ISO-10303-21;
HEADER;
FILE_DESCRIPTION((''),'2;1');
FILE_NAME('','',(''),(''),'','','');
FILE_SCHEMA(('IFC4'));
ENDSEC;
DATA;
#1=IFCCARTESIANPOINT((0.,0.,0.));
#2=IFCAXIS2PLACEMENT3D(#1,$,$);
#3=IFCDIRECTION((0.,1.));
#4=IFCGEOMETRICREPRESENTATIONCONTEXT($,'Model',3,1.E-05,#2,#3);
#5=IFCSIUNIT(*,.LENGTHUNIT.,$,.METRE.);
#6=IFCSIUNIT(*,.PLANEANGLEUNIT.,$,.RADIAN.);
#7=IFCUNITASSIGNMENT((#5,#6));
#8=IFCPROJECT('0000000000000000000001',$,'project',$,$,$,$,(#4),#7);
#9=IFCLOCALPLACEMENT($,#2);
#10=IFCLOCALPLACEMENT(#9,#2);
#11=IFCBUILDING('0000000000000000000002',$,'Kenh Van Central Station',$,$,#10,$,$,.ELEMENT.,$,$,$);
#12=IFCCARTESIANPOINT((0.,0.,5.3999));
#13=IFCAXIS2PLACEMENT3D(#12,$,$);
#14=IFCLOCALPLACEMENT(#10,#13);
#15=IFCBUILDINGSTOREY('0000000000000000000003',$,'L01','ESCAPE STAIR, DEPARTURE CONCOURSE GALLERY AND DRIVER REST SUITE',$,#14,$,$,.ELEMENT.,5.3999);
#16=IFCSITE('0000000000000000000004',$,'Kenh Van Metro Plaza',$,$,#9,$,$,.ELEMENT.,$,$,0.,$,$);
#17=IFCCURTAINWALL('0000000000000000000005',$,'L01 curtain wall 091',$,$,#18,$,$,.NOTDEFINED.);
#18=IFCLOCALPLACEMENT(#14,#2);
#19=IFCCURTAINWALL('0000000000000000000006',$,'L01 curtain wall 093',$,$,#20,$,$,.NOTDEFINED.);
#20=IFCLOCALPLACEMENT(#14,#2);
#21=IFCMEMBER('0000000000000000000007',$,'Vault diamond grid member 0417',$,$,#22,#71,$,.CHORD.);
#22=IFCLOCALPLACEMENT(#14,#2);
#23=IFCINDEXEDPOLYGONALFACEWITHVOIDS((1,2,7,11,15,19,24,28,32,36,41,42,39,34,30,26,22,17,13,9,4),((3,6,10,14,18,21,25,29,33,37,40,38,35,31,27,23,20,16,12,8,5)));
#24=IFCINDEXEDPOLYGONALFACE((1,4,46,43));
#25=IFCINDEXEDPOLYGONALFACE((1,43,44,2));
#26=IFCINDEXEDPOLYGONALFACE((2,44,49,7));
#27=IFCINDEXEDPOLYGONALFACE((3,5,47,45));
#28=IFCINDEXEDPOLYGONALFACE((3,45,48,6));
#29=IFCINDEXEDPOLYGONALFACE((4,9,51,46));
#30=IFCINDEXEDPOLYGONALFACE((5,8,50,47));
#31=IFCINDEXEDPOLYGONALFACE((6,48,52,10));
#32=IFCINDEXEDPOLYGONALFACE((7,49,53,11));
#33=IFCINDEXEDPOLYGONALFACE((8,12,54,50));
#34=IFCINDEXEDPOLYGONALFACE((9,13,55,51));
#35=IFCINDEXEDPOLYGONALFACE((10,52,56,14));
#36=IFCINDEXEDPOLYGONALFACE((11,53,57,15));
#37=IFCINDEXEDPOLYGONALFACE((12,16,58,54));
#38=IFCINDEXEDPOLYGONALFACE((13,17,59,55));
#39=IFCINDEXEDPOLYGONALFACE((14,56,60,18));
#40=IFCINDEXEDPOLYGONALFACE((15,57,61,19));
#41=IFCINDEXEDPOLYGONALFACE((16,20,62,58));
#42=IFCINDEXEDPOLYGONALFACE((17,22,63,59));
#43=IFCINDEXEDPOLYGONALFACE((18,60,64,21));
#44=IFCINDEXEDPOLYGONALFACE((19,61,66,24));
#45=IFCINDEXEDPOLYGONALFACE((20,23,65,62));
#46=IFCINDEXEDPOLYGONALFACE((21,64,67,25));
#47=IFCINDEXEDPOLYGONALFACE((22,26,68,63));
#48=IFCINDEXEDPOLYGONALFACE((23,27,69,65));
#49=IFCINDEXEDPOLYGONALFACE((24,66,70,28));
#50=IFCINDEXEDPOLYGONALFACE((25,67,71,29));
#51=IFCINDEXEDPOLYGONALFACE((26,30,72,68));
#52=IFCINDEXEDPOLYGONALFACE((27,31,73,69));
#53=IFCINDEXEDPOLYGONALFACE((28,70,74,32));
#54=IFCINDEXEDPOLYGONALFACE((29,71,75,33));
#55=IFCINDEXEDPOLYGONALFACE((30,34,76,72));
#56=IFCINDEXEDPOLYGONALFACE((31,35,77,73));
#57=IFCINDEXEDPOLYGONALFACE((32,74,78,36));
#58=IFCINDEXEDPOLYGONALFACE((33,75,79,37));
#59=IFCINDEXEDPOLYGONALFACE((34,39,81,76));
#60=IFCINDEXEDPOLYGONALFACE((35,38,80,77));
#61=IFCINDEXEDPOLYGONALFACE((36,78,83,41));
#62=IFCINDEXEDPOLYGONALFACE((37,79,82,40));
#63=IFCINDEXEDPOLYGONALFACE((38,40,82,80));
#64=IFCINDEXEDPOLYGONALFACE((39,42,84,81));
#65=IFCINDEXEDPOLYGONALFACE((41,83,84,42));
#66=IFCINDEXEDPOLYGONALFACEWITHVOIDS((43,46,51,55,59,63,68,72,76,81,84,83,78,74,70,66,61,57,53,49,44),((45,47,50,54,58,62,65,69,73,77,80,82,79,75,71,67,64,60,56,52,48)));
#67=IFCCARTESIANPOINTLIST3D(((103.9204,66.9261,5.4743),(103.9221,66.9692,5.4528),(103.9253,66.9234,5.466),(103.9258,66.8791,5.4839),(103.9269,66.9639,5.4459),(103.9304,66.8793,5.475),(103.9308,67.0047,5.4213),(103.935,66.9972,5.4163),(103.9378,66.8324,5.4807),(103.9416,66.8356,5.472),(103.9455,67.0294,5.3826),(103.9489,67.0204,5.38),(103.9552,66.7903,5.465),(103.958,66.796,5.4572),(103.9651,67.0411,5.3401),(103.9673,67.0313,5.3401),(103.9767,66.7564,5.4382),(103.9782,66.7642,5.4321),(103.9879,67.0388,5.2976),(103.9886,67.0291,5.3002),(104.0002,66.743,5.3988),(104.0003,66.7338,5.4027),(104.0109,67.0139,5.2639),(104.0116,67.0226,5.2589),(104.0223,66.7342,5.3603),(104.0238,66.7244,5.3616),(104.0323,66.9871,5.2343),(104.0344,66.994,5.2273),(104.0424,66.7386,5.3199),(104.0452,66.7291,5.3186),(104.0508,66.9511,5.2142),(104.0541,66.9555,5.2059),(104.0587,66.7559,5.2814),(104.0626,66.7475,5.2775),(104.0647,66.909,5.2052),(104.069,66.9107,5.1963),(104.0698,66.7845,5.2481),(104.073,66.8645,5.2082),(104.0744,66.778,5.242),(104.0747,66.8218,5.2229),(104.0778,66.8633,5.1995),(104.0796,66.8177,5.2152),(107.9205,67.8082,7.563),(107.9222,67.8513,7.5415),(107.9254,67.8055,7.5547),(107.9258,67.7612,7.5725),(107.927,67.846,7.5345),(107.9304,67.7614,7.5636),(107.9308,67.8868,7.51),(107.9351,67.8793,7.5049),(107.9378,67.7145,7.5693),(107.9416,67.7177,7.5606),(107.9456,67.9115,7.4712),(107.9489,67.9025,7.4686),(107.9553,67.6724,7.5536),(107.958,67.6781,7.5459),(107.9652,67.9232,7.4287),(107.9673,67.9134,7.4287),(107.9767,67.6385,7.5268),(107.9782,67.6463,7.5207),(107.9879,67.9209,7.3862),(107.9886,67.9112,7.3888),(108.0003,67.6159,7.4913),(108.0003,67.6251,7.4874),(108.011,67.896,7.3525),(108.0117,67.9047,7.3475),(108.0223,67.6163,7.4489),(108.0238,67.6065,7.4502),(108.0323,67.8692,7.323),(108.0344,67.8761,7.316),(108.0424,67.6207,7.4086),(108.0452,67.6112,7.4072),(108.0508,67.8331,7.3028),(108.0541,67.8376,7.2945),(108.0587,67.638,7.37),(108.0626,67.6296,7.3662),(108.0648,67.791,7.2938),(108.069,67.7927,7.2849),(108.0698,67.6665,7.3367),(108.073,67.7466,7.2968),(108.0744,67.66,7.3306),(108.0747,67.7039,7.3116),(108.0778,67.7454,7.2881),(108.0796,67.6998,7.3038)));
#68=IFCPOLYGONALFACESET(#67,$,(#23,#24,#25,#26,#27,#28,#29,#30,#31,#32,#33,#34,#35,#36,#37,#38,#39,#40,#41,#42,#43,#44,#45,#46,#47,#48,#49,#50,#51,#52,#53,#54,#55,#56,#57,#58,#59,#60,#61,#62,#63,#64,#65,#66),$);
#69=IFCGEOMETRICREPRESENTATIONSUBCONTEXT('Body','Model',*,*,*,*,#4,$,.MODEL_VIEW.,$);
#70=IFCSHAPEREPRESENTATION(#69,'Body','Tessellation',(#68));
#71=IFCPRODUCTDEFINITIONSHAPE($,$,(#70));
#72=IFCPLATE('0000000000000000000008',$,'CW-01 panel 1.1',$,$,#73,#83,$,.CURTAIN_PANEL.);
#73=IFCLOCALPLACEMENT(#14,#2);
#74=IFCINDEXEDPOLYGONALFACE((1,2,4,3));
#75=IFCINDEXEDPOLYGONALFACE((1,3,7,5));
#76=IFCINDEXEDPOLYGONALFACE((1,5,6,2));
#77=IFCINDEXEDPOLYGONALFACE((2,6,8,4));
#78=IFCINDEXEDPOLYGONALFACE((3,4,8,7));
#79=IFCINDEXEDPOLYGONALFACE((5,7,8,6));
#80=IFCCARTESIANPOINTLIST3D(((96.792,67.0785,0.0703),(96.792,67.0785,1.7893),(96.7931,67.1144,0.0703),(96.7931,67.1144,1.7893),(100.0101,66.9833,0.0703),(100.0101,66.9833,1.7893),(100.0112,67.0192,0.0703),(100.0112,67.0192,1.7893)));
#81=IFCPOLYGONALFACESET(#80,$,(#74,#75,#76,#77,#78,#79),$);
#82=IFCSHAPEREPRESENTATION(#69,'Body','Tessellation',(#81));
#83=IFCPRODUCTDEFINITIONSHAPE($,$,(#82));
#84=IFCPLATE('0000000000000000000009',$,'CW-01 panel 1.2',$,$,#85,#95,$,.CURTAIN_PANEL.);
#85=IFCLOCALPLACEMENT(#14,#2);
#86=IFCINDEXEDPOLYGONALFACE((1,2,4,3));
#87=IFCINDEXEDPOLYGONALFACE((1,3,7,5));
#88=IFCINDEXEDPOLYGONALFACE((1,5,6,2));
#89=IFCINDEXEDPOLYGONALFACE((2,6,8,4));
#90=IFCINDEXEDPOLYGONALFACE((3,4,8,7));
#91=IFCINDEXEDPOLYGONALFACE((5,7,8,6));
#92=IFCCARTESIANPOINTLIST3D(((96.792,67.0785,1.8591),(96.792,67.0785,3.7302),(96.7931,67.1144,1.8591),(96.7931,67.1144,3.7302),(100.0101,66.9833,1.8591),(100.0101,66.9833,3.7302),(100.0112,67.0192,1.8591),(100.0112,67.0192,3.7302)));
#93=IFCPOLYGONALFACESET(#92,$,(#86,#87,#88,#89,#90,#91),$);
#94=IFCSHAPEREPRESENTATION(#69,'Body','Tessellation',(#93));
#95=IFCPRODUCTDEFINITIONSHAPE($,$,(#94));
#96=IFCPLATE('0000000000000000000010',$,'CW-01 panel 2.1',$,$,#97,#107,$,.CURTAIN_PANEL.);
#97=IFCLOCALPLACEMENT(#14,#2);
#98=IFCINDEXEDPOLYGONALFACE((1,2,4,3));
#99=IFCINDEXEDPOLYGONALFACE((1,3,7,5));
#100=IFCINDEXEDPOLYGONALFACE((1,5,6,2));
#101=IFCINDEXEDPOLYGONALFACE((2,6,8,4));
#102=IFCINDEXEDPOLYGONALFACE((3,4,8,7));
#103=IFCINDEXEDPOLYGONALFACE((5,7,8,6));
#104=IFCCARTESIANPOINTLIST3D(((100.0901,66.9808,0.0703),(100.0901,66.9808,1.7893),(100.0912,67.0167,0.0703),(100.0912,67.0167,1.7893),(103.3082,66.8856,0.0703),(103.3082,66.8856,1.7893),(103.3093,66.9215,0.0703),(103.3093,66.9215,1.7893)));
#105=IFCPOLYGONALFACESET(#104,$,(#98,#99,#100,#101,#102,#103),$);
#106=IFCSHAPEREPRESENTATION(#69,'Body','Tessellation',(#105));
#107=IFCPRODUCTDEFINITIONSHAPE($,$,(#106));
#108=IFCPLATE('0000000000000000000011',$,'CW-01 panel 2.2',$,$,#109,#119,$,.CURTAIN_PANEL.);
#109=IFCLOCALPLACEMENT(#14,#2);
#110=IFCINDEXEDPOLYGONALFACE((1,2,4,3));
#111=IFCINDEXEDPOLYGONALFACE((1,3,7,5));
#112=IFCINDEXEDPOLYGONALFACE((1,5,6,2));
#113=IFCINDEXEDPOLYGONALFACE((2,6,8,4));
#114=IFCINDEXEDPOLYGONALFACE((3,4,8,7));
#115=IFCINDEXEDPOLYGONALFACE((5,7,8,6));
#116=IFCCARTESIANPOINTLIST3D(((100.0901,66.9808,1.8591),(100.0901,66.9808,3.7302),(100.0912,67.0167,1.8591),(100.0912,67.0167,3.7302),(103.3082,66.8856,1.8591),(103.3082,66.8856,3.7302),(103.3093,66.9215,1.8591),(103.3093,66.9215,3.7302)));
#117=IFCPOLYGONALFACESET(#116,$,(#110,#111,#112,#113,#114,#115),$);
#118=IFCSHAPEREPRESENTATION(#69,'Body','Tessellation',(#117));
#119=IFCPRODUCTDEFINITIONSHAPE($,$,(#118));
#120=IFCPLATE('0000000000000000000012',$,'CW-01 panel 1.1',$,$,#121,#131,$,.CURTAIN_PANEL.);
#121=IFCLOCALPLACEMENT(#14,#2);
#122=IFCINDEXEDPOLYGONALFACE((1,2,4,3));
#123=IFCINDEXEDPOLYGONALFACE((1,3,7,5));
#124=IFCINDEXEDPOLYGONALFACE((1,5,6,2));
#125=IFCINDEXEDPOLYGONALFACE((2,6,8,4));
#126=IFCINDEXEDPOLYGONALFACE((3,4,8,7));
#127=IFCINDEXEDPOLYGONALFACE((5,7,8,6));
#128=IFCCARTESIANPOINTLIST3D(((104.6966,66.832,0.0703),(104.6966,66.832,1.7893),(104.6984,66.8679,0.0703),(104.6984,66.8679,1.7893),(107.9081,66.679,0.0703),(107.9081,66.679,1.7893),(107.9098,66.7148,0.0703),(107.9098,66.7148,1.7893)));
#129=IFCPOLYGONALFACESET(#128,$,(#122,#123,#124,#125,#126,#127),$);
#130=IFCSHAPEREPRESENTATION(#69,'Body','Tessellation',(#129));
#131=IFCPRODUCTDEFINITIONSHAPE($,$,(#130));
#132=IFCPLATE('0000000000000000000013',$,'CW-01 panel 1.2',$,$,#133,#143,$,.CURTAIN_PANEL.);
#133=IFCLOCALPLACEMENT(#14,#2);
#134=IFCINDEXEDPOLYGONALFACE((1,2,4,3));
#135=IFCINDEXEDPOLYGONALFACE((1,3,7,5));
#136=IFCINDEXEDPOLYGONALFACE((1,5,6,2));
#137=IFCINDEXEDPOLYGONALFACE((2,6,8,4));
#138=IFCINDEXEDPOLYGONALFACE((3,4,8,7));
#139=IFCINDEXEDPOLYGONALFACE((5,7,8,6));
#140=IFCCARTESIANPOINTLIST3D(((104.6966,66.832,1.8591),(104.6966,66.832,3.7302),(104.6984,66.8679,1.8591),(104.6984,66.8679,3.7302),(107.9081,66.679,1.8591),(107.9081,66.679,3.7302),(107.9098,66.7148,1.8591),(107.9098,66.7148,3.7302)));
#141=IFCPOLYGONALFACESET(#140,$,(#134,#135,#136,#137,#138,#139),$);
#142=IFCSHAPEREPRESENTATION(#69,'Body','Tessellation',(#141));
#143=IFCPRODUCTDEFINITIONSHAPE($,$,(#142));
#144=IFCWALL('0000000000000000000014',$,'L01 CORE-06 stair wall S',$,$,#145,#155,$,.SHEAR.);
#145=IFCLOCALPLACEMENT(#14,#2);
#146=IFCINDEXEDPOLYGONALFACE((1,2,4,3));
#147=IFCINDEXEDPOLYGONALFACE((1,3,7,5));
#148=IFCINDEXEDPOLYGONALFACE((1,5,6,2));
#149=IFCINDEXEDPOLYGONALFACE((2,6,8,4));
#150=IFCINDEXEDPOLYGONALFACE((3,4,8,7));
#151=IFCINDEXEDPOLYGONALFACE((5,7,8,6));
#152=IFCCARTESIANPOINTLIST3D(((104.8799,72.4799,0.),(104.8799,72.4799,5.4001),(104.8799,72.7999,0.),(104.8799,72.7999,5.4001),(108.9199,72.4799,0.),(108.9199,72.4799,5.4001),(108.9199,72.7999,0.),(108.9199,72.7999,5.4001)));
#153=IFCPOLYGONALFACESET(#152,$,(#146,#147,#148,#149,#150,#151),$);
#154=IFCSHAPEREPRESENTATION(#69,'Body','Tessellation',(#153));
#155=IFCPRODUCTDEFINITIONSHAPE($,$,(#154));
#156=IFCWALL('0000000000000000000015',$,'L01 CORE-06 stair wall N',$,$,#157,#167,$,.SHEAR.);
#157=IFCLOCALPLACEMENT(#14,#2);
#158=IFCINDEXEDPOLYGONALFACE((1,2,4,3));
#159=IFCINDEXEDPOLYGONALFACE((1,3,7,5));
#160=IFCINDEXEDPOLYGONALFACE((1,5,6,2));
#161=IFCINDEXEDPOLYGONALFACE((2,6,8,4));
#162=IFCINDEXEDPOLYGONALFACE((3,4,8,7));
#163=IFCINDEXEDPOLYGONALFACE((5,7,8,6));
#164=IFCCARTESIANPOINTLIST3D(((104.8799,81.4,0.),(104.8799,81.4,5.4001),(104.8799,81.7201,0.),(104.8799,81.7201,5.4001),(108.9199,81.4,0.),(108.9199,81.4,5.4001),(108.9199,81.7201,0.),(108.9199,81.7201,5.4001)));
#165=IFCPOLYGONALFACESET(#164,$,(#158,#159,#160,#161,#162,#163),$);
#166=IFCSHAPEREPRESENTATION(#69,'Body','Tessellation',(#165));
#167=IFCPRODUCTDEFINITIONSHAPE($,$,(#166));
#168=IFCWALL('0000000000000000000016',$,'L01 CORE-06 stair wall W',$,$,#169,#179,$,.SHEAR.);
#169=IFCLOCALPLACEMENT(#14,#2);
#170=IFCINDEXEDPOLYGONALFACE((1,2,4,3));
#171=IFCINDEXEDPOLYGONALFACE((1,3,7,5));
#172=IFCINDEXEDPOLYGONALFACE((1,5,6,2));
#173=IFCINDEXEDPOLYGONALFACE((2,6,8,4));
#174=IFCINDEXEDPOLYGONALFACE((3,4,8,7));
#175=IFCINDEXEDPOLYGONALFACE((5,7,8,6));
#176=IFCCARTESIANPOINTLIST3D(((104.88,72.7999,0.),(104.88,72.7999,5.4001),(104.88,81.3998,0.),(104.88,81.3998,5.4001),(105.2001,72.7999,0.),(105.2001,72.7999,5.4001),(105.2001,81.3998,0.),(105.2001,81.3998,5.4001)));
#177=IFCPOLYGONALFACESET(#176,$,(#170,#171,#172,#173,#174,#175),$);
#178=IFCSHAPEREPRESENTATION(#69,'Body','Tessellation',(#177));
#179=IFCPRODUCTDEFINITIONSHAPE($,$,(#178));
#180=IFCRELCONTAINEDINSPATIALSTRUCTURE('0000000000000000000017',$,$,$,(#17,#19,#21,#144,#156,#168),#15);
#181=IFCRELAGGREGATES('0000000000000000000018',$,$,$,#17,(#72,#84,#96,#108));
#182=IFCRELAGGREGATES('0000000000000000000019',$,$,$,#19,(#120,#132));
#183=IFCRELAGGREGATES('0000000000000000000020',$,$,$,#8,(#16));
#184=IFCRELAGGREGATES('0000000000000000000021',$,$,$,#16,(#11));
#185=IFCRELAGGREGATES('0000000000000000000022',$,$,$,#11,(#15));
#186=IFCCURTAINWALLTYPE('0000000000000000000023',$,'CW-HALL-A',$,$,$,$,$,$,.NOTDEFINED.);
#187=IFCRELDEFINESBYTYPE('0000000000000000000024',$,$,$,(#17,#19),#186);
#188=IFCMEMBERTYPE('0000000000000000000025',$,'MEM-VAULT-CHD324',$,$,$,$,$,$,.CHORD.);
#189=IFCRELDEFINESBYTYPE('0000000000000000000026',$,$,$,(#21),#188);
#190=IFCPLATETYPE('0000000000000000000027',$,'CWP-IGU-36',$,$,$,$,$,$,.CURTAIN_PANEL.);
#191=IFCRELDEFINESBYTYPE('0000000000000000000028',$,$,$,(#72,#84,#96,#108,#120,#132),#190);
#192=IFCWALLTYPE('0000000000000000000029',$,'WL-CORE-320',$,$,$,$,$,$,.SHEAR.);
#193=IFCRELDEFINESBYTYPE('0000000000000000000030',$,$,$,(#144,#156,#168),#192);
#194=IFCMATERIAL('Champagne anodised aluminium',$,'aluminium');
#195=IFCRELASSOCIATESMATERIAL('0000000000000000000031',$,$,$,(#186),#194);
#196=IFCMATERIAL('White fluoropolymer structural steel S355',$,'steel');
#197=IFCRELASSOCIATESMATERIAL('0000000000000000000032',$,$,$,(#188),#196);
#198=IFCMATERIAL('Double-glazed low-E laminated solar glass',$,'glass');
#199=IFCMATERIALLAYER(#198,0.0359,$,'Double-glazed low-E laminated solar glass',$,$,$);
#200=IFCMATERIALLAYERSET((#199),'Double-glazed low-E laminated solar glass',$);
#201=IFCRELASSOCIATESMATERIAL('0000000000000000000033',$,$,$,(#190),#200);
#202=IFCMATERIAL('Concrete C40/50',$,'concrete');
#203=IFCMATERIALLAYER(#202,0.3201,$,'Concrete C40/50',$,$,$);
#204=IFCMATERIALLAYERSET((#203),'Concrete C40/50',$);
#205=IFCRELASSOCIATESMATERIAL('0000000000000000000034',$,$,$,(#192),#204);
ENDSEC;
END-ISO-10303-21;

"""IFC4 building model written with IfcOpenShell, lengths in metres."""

from ifc_helpers import new_model, si_unit, direction, frame, frame_2d, origin, origin_2d, place, context, subcontext, project, spatial, rectangle, hollow_circle, extrude, material, layer, layer_set, material_profile, profile_set, type_object, element, aggregate, save


model = new_model("IFC4")

# Units and contexts
model_context = context("Model", 3, precision=1e-05, world=origin(), true_north=direction((0.0, 1.0)))
body_context = subcontext(model_context, "Body", "Model", "MODEL_VIEW")
ifc_project = project(units=[si_unit("LENGTHUNIT", "METRE"), si_unit("PLANEANGLEUNIT", "RADIAN")], contexts=[model_context])

# Site, building, storey
site_placement = place(None, origin())
site = spatial("IfcSite", under=ifc_project, at=site_placement, Name="Kenh Van Metro Plaza", CompositionType="ELEMENT", RefElevation=0.0)
building_placement = place(site_placement, origin())
building = spatial("IfcBuilding", under=site, at=building_placement, Name="Kenh Van Central Station", CompositionType="ELEMENT")
storey_placement = place(building_placement, frame((0.0, 0.0, 5.3999)))
storey = spatial("IfcBuildingStorey", under=building, at=storey_placement, Name="L01", Description="ESCAPE STAIR, DEPARTURE CONCOURSE GALLERY AND DRIVER REST SUITE", CompositionType="ELEMENT", Elevation=5.3999)

# Shared definitions
ifc_material_1 = material(Name="Concrete C40/50", Category="concrete")

# Shared definitions
ifc_material_2 = material(Name="White fluoropolymer structural steel S355", Category="steel")

# Curtain wall
ifc_material_3 = material(Name="Champagne anodised aluminium", Category="aluminium")
curtain_wall_type = type_object("IfcCurtainWallType", Name="CW-HALL-A", PredefinedType="NOTDEFINED", material=ifc_material_3)
curtain_wall_1_placement = place(storey_placement, origin())
curtain_wall_1 = element("IfcCurtainWall", 1, at=curtain_wall_1_placement, inside=storey, type_object=curtain_wall_type, Name="L01 curtain wall 091", PredefinedType="NOTDEFINED")

# Curtain wall
curtain_wall_2_placement = place(storey_placement, origin())
curtain_wall_2 = element("IfcCurtainWall", 2, at=curtain_wall_2_placement, inside=storey, type_object=curtain_wall_type, Name="L01 curtain wall 093", PredefinedType="NOTDEFINED")

# Member
ifc_material_profile_1 = material_profile(ifc_material_2, hollow_circle(Radius=0.1619, WallThickness=0.01, at=origin_2d()), Name="CHS 323.9x10")
ifc_profile_set_1 = profile_set([ifc_material_profile_1], Name="White fluoropolymer structural steel S355")
member_type_1 = type_object("IfcMemberType", Name="MEM-VAULT-CHD324", PredefinedType="CHORD", material=ifc_profile_set_1)
member_1_placement = place(storey_placement, frame((104.0, 66.8831, 5.3401), z_axis=(0.869968, 0.191845, 0.454259), x_axis=(-0.215346, 0.976538, 0.0)))
element("IfcMember", 3, at=member_1_placement, inside=storey, type_object=member_type_1, Name="Vault diamond grid member 0417", PredefinedType="CHORD", context=body_context, shape_type="SweptSolid", body=[
    extrude(hollow_circle(Radius=0.1619, WallThickness=0.01, at=origin_2d()), origin(), (0.0, 0.0, 1.0), 4.5979),
])

# Plates
ifc_material_4 = material(Name="Double-glazed low-E laminated solar glass", Category="glass")
ifc_layer_1 = layer(ifc_material_4, 0.0359, Name="Double-glazed low-E laminated solar glass")
ifc_layer_set_1 = layer_set([ifc_layer_1], Name="Double-glazed low-E laminated solar glass")
plate_type = type_object("IfcPlateType", Name="CWP-IGU-36", PredefinedType="CURTAIN_PANEL", material=ifc_layer_set_1)
plate_1_placement = place(storey_placement, frame((98.4016, 67.0488, 0.0703), z_axis=(0.0, 0.0, 1.0), x_axis=(0.999563, -0.029571, 0.0)))
plate_1 = element("IfcPlate", 4, at=plate_1_placement, type_object=plate_type, Name="CW-01 panel 1.1", PredefinedType="CURTAIN_PANEL", context=body_context, shape_type="SweptSolid", body=[
    extrude(rectangle(XDim=3.2195, YDim=0.0359, at=origin_2d()), origin(), (0.0, 0.0, 1.0), 1.719),
])
plate_2_placement = place(storey_placement, frame((98.4016, 67.0488, 1.8591), z_axis=(0.0, 0.0, 1.0), x_axis=(0.999563, -0.029571, 0.0)))
plate_2 = element("IfcPlate", 5, at=plate_2_placement, type_object=plate_type, Name="CW-01 panel 1.2", PredefinedType="CURTAIN_PANEL", context=body_context, shape_type="SweptSolid", body=[
    extrude(rectangle(XDim=3.2195, YDim=0.0359, at=origin_2d()), origin(), (0.0, 0.0, 1.0), 1.8711),
])
plate_3_placement = place(storey_placement, frame((101.6997, 66.9512, 0.0703), z_axis=(0.0, 0.0, 1.0), x_axis=(0.999563, -0.029571, 0.0)))
plate_3 = element("IfcPlate", 6, at=plate_3_placement, type_object=plate_type, Name="CW-01 panel 2.1", PredefinedType="CURTAIN_PANEL", context=body_context, shape_type="SweptSolid", body=[
    extrude(rectangle(XDim=3.2195, YDim=0.0359, at=origin_2d()), origin(), (0.0, 0.0, 1.0), 1.719),
])
plate_4_placement = place(storey_placement, frame((101.6997, 66.9512, 1.8591), z_axis=(0.0, 0.0, 1.0), x_axis=(0.999563, -0.029571, 0.0)))
plate_4 = element("IfcPlate", 7, at=plate_4_placement, type_object=plate_type, Name="CW-01 panel 2.2", PredefinedType="CURTAIN_PANEL", context=body_context, shape_type="SweptSolid", body=[
    extrude(rectangle(XDim=3.2195, YDim=0.0359, at=origin_2d()), origin(), (0.0, 0.0, 1.0), 1.8711),
])
aggregate(curtain_wall_1, [plate_1, plate_2, plate_3, plate_4])
plate_5_placement = place(storey_placement, frame((106.3032, 66.7734, 0.0703), z_axis=(0.0, 0.0, 1.0), x_axis=(0.998866, -0.047601, 0.0)))
plate_5 = element("IfcPlate", 8, at=plate_5_placement, type_object=plate_type, Name="CW-01 panel 1.1", PredefinedType="CURTAIN_PANEL", context=body_context, shape_type="SweptSolid", body=[
    extrude(rectangle(XDim=3.2151, YDim=0.0359, at=origin_2d()), origin(), (0.0, 0.0, 1.0), 1.719),
])
plate_6_placement = place(storey_placement, frame((106.3032, 66.7734, 1.8591), z_axis=(0.0, 0.0, 1.0), x_axis=(0.998866, -0.047601, 0.0)))
plate_6 = element("IfcPlate", 9, at=plate_6_placement, type_object=plate_type, Name="CW-01 panel 1.2", PredefinedType="CURTAIN_PANEL", context=body_context, shape_type="SweptSolid", body=[
    extrude(rectangle(XDim=3.2151, YDim=0.0359, at=origin_2d()), origin(), (0.0, 0.0, 1.0), 1.8711),
])
aggregate(curtain_wall_2, [plate_5, plate_6])

# Walls
ifc_layer_2 = layer(ifc_material_1, 0.3201, Name="Concrete C40/50")
ifc_layer_set_2 = layer_set([ifc_layer_2], Name="Concrete C40/50")
wall_type = type_object("IfcWallType", Name="WL-CORE-320", PredefinedType="SHEAR", material=ifc_layer_set_2)
for number, where, z_axis, x_axis, name in (
    (10, (104.8799, 72.6399, 0.0), (0.0, 0.0, 1.0), (1.0, 0.0, 0.0), "L01 CORE-06 stair wall S"),
    (11, (104.8799, 81.5601, 0.0), (0.0, 0.0, 1.0), (1.0, 0.0, 0.0), "L01 CORE-06 stair wall N"),
):
    element("IfcWall", number, at=place(storey_placement, frame(where, z_axis=z_axis, x_axis=x_axis)), inside=storey, type_object=wall_type, Name=name, PredefinedType="SHEAR", context=body_context, shape_type="SweptSolid", body=[
        extrude(rectangle(XDim=4.04, YDim=0.3201, at=frame_2d((2.02, 0.0))), origin(), (0.0, 0.0, 1.0), 5.4001),
    ])
wall_placement = place(storey_placement, frame((105.04, 72.8, 0.0), z_axis=(0.0, 0.0, 1.0), x_axis=(0.0, 1.0, 0.0)))
element("IfcWall", 12, at=wall_placement, inside=storey, type_object=wall_type, Name="L01 CORE-06 stair wall W", PredefinedType="SHEAR", context=body_context, shape_type="SweptSolid", body=[
    extrude(rectangle(XDim=8.5999, YDim=0.3201, at=frame_2d((4.2998, 0.0))), origin(), (0.0, 0.0, 1.0), 5.4001),
])

save(model, "model.ifc")
